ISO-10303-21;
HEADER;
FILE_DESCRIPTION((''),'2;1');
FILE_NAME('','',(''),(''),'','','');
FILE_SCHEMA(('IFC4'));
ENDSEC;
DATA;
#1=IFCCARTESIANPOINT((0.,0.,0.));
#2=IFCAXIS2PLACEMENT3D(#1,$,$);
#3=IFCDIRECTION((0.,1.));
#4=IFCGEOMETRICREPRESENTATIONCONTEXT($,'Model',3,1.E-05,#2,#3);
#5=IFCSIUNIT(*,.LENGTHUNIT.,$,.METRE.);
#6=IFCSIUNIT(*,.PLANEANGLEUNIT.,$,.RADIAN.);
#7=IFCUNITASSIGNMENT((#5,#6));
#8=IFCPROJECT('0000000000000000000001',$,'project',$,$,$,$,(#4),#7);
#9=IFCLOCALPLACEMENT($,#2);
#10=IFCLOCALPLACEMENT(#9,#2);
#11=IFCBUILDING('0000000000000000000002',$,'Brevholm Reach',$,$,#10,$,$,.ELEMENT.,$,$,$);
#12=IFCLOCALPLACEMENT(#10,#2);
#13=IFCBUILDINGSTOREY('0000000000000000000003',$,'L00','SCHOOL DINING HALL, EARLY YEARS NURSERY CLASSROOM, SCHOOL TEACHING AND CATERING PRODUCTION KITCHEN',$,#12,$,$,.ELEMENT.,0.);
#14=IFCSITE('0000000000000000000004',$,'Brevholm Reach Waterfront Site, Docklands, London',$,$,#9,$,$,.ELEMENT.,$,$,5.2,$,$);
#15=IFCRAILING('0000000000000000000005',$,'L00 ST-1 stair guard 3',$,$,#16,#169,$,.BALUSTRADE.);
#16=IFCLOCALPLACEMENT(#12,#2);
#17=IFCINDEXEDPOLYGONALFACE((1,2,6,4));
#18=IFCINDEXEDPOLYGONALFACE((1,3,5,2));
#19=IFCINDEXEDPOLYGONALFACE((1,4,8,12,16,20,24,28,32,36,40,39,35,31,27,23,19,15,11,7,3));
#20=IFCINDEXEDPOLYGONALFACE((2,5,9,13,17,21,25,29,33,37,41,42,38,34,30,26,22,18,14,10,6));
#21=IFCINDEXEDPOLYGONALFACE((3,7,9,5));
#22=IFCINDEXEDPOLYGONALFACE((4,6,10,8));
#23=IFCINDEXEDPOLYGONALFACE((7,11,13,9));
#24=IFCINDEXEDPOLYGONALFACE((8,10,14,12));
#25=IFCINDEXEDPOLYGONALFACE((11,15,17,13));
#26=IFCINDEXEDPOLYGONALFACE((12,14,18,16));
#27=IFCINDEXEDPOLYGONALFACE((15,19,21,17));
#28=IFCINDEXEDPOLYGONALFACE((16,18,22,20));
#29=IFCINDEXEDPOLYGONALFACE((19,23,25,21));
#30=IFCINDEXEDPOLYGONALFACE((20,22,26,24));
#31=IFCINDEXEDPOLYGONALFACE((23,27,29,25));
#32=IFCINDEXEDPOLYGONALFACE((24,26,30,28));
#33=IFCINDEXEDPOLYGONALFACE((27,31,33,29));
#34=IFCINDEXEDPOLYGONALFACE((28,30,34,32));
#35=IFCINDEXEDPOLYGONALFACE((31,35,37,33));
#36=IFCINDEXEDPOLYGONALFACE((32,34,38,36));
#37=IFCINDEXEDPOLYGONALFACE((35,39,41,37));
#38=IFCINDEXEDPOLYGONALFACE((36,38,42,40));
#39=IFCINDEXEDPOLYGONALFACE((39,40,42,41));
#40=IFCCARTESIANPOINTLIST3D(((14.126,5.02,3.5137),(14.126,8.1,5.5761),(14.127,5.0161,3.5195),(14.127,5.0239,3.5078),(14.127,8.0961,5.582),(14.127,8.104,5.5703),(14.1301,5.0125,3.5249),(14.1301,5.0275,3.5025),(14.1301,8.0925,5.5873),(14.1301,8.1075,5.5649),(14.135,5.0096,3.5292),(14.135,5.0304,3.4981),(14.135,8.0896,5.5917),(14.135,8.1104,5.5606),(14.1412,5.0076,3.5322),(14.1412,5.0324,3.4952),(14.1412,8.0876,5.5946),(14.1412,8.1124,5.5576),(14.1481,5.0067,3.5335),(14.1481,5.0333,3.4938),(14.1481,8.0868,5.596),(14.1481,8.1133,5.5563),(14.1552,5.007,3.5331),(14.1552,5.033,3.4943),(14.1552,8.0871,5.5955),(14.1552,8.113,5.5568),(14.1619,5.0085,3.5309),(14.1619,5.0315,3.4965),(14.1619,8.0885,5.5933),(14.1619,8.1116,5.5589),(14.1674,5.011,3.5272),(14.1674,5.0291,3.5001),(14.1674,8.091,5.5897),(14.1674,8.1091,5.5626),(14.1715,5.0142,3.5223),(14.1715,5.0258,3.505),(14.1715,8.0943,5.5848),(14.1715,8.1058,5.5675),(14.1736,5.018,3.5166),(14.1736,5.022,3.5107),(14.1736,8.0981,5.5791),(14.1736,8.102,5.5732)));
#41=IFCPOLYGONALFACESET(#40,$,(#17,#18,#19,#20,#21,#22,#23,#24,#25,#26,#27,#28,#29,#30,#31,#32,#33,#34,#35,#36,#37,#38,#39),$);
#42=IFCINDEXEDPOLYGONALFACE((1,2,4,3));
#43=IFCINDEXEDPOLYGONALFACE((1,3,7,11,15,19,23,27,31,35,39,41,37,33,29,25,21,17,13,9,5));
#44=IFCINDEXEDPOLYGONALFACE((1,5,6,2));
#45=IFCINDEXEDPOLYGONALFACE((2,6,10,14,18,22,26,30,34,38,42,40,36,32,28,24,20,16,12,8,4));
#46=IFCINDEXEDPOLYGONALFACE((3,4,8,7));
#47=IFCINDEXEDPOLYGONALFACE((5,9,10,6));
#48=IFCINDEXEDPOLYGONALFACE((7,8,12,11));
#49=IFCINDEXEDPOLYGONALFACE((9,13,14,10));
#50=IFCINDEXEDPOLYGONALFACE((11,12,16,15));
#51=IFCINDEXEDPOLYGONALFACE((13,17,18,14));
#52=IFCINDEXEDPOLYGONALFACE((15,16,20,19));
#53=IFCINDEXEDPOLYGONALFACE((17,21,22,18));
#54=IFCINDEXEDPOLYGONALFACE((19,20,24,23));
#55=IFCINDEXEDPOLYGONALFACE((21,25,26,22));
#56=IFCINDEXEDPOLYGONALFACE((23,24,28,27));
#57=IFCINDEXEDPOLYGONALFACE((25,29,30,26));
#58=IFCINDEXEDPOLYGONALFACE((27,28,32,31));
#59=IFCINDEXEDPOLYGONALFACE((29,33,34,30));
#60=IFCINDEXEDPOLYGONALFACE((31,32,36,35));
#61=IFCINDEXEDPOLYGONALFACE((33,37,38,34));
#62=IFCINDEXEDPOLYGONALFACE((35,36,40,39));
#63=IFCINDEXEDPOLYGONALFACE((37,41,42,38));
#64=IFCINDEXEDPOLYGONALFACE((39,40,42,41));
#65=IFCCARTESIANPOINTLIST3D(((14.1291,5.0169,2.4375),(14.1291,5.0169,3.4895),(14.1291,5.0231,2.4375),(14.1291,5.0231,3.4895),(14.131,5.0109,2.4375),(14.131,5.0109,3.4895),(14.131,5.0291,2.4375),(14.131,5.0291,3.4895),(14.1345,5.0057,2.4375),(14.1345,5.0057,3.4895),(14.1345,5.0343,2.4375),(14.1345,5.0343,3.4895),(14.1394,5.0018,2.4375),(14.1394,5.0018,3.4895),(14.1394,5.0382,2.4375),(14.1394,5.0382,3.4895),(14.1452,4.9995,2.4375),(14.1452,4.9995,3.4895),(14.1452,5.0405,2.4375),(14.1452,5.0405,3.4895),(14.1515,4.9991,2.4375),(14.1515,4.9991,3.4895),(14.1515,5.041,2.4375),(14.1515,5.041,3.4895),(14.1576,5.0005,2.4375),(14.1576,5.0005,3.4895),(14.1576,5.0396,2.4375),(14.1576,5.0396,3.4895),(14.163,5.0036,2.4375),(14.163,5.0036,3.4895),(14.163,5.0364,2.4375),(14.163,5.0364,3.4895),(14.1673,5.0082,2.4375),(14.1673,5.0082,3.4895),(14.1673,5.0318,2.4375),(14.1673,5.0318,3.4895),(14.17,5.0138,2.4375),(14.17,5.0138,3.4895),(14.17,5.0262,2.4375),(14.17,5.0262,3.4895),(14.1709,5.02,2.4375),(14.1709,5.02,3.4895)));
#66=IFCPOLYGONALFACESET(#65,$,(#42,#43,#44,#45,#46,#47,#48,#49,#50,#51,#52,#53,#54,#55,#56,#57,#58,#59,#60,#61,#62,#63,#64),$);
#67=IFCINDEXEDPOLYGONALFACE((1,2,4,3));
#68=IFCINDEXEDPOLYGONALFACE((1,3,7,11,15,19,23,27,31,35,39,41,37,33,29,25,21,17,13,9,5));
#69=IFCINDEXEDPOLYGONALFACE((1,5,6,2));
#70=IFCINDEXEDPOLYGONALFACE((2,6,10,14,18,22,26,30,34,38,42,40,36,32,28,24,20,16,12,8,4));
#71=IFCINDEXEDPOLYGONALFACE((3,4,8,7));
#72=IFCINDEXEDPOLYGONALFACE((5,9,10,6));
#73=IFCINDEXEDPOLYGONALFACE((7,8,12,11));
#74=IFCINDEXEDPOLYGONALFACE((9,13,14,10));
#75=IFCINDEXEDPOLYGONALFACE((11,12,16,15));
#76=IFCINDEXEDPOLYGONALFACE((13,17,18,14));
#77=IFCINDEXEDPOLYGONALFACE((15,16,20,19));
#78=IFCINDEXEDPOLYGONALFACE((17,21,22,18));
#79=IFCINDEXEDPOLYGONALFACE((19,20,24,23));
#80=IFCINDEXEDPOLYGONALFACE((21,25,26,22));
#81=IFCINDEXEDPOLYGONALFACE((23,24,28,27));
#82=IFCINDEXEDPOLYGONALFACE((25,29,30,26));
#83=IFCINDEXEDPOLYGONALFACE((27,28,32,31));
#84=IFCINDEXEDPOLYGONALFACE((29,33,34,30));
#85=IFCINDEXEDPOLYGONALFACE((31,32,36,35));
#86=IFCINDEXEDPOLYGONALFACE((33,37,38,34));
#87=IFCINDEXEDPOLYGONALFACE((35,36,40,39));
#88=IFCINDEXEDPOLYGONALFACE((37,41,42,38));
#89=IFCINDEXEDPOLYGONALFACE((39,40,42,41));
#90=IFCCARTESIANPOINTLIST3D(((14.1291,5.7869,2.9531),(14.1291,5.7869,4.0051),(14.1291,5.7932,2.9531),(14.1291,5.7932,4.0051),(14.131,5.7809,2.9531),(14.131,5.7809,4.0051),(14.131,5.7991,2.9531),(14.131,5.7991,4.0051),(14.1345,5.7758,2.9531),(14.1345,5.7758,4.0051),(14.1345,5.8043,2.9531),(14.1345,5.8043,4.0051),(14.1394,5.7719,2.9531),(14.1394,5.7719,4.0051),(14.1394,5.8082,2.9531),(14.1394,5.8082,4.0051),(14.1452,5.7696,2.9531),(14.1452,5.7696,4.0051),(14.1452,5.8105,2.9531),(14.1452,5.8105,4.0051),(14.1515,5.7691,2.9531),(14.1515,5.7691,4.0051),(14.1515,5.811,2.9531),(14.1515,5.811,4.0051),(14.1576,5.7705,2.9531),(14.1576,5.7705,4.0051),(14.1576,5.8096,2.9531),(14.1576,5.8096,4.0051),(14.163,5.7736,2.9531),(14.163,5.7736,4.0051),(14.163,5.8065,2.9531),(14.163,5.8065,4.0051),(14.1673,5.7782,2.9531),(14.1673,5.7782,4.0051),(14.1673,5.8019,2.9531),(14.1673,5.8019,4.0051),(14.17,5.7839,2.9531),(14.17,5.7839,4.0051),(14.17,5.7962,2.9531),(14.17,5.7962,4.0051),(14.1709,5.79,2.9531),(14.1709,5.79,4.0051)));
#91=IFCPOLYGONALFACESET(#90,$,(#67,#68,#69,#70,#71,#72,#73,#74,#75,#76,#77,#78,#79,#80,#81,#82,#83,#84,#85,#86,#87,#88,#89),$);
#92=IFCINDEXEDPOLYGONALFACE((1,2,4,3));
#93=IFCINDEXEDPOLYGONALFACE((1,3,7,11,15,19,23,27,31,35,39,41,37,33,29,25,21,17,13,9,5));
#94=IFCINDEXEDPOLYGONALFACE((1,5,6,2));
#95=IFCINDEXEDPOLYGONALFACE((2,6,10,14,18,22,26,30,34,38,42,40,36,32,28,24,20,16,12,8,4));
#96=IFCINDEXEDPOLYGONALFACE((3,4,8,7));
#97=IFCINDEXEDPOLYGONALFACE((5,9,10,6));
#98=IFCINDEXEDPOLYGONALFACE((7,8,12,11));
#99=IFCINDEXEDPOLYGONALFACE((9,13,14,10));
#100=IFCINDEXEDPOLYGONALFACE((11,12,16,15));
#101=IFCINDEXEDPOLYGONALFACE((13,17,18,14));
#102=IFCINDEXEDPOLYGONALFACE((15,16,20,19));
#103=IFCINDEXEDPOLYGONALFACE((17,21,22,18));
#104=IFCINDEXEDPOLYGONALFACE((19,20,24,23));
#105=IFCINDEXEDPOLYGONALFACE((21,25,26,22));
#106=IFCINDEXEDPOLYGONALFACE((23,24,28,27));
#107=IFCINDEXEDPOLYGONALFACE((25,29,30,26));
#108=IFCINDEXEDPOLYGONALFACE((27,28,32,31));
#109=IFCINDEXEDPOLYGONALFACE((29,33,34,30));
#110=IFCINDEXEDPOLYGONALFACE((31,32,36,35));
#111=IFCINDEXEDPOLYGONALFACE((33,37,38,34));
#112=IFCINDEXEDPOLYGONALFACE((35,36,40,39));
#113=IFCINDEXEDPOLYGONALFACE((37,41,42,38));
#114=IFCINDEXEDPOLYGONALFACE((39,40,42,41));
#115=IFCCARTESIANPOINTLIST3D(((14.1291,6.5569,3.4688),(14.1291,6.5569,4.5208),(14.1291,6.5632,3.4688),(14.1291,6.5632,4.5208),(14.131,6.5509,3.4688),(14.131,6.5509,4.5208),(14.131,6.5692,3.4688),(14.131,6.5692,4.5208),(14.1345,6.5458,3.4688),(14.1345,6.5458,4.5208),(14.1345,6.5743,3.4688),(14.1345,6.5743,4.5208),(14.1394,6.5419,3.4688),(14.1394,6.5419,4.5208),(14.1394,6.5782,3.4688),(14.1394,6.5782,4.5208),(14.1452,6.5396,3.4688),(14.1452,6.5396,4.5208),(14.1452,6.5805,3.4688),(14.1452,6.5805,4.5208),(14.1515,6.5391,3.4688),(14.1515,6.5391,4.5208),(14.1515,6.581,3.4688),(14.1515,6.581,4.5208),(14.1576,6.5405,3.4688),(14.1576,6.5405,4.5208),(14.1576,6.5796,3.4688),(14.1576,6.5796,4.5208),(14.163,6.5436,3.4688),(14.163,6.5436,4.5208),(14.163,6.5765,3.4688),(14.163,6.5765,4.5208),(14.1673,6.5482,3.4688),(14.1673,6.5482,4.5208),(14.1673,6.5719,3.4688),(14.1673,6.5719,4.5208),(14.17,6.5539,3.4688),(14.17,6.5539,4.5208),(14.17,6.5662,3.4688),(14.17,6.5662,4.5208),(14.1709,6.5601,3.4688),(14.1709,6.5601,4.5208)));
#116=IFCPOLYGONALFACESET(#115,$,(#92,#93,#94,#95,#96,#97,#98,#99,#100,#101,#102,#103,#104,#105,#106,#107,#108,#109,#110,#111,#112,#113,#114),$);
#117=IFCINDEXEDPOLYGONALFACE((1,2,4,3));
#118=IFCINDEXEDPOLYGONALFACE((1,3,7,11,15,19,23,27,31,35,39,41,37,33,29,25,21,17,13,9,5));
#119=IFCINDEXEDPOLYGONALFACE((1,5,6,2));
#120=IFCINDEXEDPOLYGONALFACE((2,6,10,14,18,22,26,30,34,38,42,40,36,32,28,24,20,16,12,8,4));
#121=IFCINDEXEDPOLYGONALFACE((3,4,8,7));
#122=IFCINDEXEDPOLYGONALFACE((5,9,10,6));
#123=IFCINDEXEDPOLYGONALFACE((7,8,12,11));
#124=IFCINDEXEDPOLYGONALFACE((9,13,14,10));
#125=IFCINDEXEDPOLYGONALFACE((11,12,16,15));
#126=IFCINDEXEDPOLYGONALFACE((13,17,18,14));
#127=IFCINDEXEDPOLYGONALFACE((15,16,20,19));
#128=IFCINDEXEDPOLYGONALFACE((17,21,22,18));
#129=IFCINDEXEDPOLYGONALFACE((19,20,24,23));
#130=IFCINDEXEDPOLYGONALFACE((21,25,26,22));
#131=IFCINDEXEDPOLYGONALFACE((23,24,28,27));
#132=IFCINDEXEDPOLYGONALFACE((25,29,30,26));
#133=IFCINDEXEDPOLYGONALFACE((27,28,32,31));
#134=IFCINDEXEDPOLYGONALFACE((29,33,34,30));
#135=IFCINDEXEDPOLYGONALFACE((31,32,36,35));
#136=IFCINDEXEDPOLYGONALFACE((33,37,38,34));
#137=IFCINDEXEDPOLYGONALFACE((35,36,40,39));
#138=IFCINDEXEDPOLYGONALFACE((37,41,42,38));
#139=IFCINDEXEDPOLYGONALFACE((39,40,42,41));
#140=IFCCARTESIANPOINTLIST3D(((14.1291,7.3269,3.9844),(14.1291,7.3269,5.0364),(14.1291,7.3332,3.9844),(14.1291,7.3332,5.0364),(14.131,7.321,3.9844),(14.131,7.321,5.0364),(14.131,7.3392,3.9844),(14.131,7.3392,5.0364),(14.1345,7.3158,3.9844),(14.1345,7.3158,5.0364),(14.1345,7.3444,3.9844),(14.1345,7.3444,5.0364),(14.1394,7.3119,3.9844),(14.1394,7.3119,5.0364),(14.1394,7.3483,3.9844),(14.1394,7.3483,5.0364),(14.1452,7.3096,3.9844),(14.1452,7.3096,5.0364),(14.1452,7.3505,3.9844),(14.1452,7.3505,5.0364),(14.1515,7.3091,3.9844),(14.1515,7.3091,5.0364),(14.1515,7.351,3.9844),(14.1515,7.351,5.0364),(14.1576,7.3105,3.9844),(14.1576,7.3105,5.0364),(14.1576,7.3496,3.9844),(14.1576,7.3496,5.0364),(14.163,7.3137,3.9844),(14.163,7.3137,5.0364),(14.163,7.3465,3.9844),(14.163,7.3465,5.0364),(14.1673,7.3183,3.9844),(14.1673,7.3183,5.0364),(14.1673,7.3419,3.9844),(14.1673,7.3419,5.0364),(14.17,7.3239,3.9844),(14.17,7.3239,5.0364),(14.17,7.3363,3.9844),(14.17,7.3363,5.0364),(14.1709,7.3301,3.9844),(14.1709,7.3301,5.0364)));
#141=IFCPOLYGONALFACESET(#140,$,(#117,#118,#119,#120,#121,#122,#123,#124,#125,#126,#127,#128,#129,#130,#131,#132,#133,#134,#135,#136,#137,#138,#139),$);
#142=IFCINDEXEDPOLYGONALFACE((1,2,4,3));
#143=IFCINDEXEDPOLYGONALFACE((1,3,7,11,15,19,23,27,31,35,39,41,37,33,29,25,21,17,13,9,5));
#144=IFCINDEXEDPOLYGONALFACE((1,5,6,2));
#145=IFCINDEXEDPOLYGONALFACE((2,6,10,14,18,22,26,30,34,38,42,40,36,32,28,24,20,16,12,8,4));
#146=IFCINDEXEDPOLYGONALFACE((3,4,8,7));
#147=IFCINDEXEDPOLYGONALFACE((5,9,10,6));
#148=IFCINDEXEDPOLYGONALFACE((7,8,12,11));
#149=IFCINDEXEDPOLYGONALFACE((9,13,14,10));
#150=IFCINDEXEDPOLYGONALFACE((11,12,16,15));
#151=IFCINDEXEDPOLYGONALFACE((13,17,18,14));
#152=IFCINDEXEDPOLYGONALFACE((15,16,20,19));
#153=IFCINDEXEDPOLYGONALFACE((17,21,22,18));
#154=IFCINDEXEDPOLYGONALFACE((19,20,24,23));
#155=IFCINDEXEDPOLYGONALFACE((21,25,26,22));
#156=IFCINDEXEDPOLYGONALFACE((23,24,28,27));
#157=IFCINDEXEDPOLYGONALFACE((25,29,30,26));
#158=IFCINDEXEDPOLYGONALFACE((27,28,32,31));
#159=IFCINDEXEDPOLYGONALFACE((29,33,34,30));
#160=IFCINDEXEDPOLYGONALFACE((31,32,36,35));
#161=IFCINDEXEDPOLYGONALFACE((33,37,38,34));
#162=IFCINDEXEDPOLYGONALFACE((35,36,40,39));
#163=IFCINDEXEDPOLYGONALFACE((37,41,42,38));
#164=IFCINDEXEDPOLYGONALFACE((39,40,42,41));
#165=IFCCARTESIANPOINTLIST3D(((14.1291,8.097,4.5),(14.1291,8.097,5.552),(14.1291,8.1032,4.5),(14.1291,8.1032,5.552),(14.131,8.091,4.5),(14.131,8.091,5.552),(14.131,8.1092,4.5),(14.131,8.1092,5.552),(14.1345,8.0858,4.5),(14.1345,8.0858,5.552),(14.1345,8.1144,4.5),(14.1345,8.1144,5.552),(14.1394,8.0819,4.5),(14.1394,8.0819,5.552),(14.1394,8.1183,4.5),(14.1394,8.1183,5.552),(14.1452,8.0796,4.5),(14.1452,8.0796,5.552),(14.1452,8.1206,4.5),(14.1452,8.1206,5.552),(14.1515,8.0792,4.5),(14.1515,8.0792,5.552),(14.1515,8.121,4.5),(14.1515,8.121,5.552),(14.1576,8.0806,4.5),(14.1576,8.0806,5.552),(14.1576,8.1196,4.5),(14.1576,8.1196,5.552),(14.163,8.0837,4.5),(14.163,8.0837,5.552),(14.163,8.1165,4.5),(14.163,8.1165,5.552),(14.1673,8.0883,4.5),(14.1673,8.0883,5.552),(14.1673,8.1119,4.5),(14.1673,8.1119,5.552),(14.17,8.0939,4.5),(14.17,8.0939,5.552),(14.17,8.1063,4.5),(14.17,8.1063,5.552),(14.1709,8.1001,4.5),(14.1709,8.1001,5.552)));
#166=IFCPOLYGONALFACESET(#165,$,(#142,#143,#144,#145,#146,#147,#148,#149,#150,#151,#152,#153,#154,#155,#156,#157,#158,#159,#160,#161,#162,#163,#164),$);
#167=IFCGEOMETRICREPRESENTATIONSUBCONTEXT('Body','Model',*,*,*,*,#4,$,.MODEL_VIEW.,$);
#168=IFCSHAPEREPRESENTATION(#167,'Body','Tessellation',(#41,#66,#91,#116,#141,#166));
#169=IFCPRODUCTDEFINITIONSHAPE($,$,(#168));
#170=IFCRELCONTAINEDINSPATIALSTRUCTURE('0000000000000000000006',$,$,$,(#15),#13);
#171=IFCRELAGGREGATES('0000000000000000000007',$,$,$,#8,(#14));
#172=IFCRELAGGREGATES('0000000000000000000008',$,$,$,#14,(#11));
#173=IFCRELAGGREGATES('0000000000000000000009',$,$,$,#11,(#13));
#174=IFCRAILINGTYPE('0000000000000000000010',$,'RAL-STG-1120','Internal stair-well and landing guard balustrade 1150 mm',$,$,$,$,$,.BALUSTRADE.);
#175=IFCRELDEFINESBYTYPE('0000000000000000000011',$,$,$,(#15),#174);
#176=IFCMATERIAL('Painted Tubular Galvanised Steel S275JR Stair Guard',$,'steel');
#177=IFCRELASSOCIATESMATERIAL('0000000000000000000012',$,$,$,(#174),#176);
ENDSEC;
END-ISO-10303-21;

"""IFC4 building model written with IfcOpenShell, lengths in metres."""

from ifc_helpers import new_model, si_unit, direction, frame, origin, origin_2d, place, context, subcontext, project, spatial, circle, extrude, material, type_object, element, save


model = new_model("IFC4")

# Units and contexts
model_context = context("Model", 3, precision=1e-05, world=origin(), true_north=direction((0.0, 1.0)))
body_context = subcontext(model_context, "Body", "Model", "MODEL_VIEW")
ifc_project = project(units=[si_unit("LENGTHUNIT", "METRE"), si_unit("PLANEANGLEUNIT", "RADIAN")], contexts=[model_context])

# Site, building, storey
site_placement = place(None, origin())
site = spatial("IfcSite", under=ifc_project, at=site_placement, Name="Brevholm Reach Waterfront Site, Docklands, London", CompositionType="ELEMENT", RefElevation=5.2)
building_placement = place(site_placement, origin())
building = spatial("IfcBuilding", under=site, at=building_placement, Name="Brevholm Reach", CompositionType="ELEMENT")
storey_placement = place(building_placement, origin())
storey = spatial("IfcBuildingStorey", under=building, at=storey_placement, Name="L00", Description="SCHOOL DINING HALL, EARLY YEARS NURSERY CLASSROOM, SCHOOL TEACHING AND CATERING PRODUCTION KITCHEN", CompositionType="ELEMENT", Elevation=0.0)

# Railing
ifc_material_1 = material(Name="Painted Tubular Galvanised Steel S275JR Stair Guard", Category="steel")
railing_type_1 = type_object("IfcRailingType", Name="RAL-STG-1120", Description="Internal stair-well and landing guard balustrade 1150 mm", PredefinedType="BALUSTRADE", material=ifc_material_1)
railing_1_placement = place(storey_placement, frame((14.1499, 5.02, 2.4375)))
element("IfcRailing", 1, at=railing_1_placement, inside=storey, type_object=railing_type_1, Name="L00 ST-1 stair guard 3", PredefinedType="BALUSTRADE", context=body_context, shape_type="SweptSolid", body=[
    extrude(circle(Radius=0.0239, at=origin_2d()), frame((0.0, 0.0, 1.0762), z_axis=(0.0, 0.830914, 0.556401), x_axis=(-1.0, 0.0, 0.0)), (0.0, 0.0, 1.0), 3.7068),
    extrude(circle(Radius=0.021, at=origin_2d()), origin(), (0.0, 0.0, 1.0), 1.052),
    extrude(circle(Radius=0.021, at=origin_2d()), frame((0.0, 0.77, 0.5156)), (0.0, 0.0, 1.0), 1.052),
    extrude(circle(Radius=0.021, at=origin_2d()), frame((0.0, 1.54, 1.0312)), (0.0, 0.0, 1.0), 1.052),
    extrude(circle(Radius=0.021, at=origin_2d()), frame((0.0, 2.3101, 1.5469)), (0.0, 0.0, 1.0), 1.052),
    extrude(circle(Radius=0.021, at=origin_2d()), frame((0.0, 3.0801, 2.0625)), (0.0, 0.0, 1.0), 1.052),
])

save(model, "model.ifc")
